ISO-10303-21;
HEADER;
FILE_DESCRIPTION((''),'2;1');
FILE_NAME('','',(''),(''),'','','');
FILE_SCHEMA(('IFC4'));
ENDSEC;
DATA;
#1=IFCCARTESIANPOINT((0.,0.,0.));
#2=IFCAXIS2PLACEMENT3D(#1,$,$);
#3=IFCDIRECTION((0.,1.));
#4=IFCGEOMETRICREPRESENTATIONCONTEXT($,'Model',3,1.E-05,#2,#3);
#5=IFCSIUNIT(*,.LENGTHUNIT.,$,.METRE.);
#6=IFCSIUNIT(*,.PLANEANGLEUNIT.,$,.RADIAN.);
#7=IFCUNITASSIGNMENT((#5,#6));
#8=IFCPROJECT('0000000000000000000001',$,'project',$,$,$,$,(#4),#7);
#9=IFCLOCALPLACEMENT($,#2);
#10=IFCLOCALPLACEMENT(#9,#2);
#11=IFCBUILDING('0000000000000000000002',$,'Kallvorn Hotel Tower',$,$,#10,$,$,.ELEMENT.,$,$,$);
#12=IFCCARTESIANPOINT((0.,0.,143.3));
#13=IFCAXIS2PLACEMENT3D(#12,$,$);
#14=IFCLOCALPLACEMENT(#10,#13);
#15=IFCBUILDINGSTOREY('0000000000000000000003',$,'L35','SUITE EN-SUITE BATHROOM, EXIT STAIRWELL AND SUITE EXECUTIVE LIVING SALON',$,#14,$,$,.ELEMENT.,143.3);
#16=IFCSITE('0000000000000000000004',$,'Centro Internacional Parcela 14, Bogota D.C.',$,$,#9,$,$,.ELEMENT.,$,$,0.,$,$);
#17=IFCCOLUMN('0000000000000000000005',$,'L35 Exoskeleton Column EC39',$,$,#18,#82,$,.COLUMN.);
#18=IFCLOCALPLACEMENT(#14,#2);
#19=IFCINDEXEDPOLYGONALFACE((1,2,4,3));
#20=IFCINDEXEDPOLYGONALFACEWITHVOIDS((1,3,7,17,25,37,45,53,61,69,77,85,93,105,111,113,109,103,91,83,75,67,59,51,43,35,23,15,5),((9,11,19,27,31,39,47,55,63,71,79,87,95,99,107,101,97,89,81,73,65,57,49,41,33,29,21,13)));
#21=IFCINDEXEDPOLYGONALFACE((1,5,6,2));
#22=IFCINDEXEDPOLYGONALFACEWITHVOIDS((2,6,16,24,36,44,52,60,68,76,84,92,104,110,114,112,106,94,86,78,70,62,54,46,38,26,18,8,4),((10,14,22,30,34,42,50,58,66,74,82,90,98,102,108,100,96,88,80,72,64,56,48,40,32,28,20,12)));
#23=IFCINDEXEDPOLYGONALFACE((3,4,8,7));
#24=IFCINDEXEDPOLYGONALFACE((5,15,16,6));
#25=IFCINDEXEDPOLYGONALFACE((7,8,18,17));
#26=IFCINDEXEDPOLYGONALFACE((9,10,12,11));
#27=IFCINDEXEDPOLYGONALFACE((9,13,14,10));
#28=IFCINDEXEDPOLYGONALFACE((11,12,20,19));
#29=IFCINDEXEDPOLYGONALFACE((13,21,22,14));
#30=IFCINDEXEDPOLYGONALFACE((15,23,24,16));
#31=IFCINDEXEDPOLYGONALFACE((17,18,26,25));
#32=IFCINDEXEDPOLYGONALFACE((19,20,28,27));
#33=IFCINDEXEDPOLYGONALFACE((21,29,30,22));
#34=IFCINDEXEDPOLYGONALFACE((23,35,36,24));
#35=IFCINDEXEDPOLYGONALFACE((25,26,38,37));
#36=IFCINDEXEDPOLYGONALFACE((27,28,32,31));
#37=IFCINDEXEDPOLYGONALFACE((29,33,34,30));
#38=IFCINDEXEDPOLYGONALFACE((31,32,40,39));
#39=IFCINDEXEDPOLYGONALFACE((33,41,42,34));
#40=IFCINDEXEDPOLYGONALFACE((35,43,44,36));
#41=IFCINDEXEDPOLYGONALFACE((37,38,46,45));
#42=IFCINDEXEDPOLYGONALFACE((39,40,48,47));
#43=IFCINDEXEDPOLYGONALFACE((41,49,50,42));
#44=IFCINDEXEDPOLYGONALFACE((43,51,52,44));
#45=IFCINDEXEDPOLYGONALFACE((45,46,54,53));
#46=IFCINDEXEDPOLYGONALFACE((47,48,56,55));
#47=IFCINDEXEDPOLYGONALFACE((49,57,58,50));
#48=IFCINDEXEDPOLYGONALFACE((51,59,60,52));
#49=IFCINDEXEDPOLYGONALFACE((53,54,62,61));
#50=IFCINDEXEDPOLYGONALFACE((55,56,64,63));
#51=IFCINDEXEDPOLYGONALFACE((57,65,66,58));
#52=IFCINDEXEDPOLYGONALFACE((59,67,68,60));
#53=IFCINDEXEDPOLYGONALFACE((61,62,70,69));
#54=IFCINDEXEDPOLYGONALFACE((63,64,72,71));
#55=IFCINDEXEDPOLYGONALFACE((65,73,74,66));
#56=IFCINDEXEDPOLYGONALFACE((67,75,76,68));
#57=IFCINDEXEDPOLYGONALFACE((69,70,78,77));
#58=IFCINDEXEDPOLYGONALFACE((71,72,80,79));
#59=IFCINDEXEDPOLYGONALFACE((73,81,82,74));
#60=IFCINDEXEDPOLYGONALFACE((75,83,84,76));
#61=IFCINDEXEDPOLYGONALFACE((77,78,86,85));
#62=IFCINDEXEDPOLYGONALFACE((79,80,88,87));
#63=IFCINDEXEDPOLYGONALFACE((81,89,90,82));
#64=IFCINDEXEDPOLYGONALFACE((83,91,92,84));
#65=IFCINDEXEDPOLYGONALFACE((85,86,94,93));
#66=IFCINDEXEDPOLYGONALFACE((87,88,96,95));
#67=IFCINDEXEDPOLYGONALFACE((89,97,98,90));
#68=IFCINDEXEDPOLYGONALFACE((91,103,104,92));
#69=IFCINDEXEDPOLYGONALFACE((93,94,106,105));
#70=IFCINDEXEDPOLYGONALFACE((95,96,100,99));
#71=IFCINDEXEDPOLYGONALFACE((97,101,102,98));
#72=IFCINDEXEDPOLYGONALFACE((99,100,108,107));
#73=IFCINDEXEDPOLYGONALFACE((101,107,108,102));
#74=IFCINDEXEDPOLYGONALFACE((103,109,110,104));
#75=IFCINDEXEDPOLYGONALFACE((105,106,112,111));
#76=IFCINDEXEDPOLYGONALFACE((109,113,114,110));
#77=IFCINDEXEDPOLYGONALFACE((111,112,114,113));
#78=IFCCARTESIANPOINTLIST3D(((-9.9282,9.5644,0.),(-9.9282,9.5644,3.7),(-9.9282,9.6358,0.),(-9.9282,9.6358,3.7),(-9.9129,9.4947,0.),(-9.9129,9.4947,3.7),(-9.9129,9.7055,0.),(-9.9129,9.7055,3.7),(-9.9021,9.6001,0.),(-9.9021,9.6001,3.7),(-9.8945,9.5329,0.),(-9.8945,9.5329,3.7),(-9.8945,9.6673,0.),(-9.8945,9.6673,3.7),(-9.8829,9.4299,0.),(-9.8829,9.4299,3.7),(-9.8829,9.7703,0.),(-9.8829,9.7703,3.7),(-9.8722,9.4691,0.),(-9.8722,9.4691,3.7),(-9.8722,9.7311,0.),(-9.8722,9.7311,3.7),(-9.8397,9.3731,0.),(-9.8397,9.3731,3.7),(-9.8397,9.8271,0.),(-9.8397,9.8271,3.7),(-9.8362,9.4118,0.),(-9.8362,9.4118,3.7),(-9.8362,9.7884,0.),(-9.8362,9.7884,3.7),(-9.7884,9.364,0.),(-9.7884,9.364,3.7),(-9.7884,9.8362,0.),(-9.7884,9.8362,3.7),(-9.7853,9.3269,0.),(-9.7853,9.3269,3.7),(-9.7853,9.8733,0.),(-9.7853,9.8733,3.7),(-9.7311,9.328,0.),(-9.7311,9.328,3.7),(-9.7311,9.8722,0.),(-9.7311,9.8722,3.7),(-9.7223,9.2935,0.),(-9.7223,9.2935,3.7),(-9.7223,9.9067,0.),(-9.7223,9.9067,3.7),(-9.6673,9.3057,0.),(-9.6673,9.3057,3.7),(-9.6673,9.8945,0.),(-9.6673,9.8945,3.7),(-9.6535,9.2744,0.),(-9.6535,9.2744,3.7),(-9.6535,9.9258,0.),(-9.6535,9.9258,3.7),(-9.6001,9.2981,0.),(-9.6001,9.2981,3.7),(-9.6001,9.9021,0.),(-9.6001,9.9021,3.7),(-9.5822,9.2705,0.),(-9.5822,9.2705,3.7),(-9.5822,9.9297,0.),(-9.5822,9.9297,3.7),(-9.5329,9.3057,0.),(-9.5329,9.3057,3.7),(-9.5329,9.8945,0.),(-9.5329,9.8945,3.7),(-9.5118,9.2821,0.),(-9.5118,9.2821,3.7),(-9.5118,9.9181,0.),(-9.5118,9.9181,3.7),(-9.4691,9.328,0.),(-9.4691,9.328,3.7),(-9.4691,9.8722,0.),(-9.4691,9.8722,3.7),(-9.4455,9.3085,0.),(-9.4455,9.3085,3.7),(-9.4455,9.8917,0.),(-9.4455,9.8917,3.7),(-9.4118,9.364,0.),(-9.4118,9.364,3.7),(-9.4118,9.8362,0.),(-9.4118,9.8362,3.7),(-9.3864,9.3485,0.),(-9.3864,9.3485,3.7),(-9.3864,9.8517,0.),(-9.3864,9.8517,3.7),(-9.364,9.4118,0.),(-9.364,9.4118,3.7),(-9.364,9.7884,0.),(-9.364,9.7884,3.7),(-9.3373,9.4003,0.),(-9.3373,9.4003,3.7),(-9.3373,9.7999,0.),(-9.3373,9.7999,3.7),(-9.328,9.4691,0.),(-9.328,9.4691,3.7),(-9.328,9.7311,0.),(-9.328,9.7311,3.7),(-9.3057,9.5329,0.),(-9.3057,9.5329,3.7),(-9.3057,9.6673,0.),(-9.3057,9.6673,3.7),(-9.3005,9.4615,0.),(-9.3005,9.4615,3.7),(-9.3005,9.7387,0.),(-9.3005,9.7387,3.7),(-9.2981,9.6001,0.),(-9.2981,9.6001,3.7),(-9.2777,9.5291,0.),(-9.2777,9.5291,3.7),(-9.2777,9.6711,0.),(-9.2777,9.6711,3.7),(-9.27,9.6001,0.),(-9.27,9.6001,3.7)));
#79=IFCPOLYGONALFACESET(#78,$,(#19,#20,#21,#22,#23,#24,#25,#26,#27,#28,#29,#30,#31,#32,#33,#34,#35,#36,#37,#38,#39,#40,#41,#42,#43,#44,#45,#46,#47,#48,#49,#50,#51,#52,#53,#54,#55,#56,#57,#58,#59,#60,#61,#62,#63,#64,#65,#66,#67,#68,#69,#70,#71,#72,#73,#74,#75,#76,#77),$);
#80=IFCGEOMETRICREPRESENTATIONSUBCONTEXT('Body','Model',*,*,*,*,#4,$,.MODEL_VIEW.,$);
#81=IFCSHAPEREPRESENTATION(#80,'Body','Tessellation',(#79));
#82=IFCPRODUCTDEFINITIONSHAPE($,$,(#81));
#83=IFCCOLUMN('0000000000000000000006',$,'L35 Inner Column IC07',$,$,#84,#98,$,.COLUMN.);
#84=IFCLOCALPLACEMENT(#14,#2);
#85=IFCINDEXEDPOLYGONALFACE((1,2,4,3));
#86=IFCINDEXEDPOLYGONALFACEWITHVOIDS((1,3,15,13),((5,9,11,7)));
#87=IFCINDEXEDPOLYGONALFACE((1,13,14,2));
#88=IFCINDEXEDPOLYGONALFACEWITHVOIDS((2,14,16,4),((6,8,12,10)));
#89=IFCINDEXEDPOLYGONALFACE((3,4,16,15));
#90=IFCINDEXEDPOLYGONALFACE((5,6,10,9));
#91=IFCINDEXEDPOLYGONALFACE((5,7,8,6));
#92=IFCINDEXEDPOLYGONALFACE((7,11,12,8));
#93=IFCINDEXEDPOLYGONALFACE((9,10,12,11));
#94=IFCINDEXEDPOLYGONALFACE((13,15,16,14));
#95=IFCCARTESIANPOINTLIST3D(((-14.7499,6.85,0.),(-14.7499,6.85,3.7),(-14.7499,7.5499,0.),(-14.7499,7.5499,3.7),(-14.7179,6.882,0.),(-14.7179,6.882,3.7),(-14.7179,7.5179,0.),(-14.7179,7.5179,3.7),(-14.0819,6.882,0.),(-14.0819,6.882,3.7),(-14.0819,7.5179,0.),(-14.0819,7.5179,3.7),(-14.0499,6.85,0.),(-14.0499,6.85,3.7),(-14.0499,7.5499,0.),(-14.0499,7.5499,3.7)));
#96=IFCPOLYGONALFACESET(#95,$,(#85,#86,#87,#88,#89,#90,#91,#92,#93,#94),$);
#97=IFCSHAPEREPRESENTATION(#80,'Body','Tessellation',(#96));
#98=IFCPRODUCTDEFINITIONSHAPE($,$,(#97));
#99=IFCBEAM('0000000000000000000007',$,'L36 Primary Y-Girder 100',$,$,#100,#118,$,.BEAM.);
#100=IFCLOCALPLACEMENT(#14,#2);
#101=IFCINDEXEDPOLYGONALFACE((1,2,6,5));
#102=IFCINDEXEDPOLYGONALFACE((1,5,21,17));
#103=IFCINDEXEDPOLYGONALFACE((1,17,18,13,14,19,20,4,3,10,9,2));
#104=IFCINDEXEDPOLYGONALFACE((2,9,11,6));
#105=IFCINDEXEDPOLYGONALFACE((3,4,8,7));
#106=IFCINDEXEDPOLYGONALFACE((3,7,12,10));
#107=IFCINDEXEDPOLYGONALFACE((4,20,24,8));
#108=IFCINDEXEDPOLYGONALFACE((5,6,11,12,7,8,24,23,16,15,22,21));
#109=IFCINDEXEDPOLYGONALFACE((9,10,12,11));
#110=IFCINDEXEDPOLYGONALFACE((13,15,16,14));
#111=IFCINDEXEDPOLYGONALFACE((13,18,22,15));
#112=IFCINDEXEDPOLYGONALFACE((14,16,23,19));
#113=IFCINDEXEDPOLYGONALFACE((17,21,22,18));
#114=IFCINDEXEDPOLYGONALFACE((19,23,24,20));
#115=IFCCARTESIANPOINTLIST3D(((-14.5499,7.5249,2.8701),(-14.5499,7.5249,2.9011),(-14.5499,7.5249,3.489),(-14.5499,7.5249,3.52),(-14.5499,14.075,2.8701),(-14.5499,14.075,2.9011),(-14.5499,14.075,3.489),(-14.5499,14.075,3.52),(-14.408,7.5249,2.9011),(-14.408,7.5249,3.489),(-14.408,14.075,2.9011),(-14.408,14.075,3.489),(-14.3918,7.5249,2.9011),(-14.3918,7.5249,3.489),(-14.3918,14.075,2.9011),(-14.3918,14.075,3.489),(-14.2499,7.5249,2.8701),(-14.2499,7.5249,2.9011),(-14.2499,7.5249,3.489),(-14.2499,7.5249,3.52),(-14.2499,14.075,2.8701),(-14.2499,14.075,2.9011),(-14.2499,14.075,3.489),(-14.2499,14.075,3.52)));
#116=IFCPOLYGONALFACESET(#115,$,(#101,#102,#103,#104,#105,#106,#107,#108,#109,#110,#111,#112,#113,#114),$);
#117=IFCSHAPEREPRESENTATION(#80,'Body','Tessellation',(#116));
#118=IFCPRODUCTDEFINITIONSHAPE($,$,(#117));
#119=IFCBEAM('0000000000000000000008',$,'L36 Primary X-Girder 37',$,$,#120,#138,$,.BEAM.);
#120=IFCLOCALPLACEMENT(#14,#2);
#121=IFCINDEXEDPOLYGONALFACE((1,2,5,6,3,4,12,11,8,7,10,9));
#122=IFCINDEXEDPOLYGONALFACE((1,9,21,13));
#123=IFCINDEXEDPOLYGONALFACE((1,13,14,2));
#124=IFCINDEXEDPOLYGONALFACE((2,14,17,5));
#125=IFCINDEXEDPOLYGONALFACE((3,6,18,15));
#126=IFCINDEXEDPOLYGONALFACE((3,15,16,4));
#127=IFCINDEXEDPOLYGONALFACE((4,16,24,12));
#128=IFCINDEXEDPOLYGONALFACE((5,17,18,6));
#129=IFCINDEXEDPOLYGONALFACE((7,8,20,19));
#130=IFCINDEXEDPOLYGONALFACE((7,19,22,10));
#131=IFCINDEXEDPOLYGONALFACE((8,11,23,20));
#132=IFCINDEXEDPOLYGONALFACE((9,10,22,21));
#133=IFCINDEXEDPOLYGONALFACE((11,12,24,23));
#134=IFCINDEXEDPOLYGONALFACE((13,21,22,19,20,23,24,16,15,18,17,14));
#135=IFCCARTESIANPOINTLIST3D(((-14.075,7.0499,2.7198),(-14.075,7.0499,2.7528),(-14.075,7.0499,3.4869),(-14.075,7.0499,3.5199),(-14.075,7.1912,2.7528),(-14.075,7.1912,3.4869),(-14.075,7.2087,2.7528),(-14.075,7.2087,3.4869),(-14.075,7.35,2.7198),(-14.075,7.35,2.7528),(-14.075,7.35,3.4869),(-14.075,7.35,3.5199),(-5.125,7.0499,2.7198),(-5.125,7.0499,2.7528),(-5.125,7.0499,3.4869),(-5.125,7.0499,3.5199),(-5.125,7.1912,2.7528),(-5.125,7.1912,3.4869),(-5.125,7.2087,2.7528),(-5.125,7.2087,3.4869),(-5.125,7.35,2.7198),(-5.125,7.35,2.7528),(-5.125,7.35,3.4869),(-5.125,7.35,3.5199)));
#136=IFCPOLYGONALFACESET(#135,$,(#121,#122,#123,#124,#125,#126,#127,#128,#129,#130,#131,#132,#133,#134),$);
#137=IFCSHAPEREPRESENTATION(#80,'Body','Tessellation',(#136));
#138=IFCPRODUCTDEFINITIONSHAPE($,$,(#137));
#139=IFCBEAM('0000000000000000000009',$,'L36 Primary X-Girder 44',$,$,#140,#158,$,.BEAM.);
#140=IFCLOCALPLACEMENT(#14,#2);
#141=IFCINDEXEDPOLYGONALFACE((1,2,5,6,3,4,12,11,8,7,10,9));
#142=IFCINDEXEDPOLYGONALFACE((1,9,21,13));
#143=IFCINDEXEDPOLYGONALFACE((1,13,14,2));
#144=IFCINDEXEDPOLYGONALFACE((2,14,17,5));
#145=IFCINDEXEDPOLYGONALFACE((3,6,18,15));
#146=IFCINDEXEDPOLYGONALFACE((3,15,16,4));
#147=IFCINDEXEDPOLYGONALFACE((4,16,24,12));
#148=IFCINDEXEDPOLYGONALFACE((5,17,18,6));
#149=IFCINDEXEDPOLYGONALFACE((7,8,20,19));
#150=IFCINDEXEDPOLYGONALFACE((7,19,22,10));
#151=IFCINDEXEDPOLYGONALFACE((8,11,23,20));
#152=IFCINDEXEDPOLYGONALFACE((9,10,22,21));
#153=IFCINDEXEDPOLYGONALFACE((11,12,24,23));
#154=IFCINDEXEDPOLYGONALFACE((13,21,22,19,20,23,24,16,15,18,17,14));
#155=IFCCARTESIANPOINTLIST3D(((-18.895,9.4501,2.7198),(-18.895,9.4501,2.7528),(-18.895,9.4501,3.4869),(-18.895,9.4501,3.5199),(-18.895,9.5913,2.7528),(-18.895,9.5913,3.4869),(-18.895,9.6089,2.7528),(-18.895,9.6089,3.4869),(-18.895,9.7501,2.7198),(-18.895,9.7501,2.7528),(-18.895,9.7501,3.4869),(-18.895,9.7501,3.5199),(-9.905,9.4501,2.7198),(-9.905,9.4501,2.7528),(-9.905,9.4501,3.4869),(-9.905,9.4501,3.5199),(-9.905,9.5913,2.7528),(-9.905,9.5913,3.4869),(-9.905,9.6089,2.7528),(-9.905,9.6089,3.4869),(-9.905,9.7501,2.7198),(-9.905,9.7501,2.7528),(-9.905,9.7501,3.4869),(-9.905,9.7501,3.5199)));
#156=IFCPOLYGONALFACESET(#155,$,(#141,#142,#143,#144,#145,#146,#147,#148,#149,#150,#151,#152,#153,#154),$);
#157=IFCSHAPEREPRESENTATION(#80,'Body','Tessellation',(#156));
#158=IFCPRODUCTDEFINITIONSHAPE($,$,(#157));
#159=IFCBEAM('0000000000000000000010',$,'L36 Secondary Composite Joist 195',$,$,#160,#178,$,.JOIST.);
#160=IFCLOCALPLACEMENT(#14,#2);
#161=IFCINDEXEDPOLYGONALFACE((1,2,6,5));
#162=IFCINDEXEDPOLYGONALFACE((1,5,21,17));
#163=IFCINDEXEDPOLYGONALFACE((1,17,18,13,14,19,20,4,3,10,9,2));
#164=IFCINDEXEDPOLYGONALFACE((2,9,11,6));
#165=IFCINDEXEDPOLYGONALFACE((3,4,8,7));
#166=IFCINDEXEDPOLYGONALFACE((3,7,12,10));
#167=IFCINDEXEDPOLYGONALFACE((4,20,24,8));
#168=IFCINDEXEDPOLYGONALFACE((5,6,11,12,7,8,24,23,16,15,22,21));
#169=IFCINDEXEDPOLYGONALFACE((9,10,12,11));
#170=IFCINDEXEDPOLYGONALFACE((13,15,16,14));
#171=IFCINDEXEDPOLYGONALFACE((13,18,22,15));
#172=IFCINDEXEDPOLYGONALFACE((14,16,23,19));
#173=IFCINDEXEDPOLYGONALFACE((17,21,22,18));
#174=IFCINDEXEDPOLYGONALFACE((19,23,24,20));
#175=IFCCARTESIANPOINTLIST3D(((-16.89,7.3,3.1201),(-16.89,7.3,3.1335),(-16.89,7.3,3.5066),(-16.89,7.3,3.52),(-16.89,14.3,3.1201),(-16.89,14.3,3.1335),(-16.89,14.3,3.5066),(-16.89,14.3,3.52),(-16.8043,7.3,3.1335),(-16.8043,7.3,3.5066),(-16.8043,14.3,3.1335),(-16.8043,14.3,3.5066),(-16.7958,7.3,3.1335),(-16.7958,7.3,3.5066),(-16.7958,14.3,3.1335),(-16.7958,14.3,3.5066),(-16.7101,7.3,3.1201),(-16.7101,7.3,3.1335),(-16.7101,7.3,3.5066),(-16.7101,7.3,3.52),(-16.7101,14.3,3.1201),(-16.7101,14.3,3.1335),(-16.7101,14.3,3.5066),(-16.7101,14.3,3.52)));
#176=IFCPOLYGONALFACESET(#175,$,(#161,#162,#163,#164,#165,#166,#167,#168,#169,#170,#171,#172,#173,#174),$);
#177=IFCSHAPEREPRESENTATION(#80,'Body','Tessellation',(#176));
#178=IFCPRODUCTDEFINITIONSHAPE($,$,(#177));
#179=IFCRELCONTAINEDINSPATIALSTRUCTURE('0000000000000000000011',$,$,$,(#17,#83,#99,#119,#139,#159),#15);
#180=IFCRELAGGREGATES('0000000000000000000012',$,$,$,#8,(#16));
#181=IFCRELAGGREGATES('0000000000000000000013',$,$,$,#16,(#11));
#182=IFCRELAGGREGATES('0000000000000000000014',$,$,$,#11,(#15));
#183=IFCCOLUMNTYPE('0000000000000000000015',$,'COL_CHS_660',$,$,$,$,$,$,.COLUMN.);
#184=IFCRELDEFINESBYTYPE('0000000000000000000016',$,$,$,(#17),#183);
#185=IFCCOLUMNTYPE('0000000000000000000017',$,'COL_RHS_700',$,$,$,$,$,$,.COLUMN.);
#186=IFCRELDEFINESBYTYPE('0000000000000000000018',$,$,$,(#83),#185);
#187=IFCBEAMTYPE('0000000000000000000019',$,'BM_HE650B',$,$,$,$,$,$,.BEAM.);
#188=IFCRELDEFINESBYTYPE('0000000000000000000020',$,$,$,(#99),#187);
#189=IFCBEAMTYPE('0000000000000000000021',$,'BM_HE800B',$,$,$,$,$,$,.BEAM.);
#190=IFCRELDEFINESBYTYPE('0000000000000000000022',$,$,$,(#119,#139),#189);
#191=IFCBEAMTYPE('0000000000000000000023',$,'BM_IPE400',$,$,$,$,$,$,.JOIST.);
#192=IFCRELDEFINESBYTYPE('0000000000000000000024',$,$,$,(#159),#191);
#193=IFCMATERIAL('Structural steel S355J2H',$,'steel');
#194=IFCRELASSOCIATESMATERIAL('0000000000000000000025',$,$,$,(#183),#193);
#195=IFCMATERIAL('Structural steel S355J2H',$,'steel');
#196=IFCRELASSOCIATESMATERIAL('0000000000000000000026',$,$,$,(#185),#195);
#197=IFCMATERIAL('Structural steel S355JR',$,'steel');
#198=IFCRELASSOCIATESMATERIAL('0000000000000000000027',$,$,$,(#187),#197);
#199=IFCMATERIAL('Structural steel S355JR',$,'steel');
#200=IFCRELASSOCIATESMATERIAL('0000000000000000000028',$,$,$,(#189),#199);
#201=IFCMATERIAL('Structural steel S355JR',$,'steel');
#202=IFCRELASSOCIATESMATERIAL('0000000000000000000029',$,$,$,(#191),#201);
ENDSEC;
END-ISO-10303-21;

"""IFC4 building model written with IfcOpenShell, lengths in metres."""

from ifc_helpers import new_model, si_unit, direction, frame, origin, origin_2d, place, context, subcontext, project, spatial, hollow_rectangle, hollow_circle, i_section, extrude, material, material_profile, profile_set, type_object, element, save


model = new_model("IFC4")

# Units and contexts
model_context = context("Model", 3, precision=1e-05, world=origin(), true_north=direction((0.0, 1.0)))
body_context = subcontext(model_context, "Body", "Model", "MODEL_VIEW")
ifc_project = project(units=[si_unit("LENGTHUNIT", "METRE"), si_unit("PLANEANGLEUNIT", "RADIAN")], contexts=[model_context])

# Site, building, storey
site_placement = place(None, origin())
site = spatial("IfcSite", under=ifc_project, at=site_placement, Name="Centro Internacional Parcela 14, Bogota D.C.", CompositionType="ELEMENT", RefElevation=0.0)
building_placement = place(site_placement, origin())
building = spatial("IfcBuilding", under=site, at=building_placement, Name="Kallvorn Hotel Tower", CompositionType="ELEMENT")
storey_placement = place(building_placement, frame((0.0, 0.0, 143.3)))
storey = spatial("IfcBuildingStorey", under=building, at=storey_placement, Name="L35", Description="SUITE EN-SUITE BATHROOM, EXIT STAIRWELL AND SUITE EXECUTIVE LIVING SALON", CompositionType="ELEMENT", Elevation=143.3)

# Columns
ifc_material_1 = material(Name="Structural steel S355J2H", Category="steel")
ifc_material_profile_1 = material_profile(ifc_material_1, hollow_circle(Radius=0.3301, WallThickness=0.0281, at=origin_2d()), Name="CHS 660x28")
ifc_profile_set_1 = profile_set([ifc_material_profile_1], Name="Structural steel S355J2H")
column_type_1 = type_object("IfcColumnType", Name="COL_CHS_660", PredefinedType="COLUMN", material=ifc_profile_set_1)
column_1_placement = place(storey_placement, frame((-9.6001, 9.6001, 0.0), z_axis=(0.0, 0.0, 1.0), x_axis=(1.0, 0.0, 0.0)))
element("IfcColumn", 1, at=column_1_placement, inside=storey, type_object=column_type_1, Name="L35 Exoskeleton Column EC39", PredefinedType="COLUMN", context=body_context, shape_type="SweptSolid", body=[
    extrude(hollow_circle(Radius=0.3301, WallThickness=0.0281, at=origin_2d()), origin(), (0.0, 0.0, 1.0), 3.7),
])
ifc_material_2 = material(Name="Structural steel S355J2H", Category="steel")
ifc_material_profile_2 = material_profile(ifc_material_2, hollow_rectangle(XDim=0.7, YDim=0.7, WallThickness=0.032, at=origin_2d()), Name="RHS 700x700x32")
ifc_profile_set_2 = profile_set([ifc_material_profile_2], Name="Structural steel S355J2H")
column_type_2 = type_object("IfcColumnType", Name="COL_RHS_700", PredefinedType="COLUMN", material=ifc_profile_set_2)
column_2_placement = place(storey_placement, frame((-14.3999, 7.2, 0.0), z_axis=(0.0, 0.0, 1.0), x_axis=(1.0, 0.0, 0.0)))
element("IfcColumn", 2, at=column_2_placement, inside=storey, type_object=column_type_2, Name="L35 Inner Column IC07", PredefinedType="COLUMN", context=body_context, shape_type="SweptSolid", body=[
    extrude(hollow_rectangle(XDim=0.7, YDim=0.7, WallThickness=0.032, at=origin_2d()), origin(), (0.0, 0.0, 1.0), 3.7),
])

# Beams
ifc_material_3 = material(Name="Structural steel S355JR", Category="steel")
ifc_material_profile_3 = material_profile(ifc_material_3, i_section(OverallWidth=0.3, OverallDepth=0.6499, WebThickness=0.0161, FlangeThickness=0.031, at=origin_2d()), Name="HE 650 B")
ifc_profile_set_3 = profile_set([ifc_material_profile_3], Name="Structural steel S355JR")
beam_type_1 = type_object("IfcBeamType", Name="BM_HE650B", PredefinedType="BEAM", material=ifc_profile_set_3)
beam_1_placement = place(storey_placement, frame((-14.3999, 7.5249, 3.1951), z_axis=(0.0, 1.0, 0.0), x_axis=(-1.0, 0.0, 0.0)))
element("IfcBeam", 3, at=beam_1_placement, inside=storey, type_object=beam_type_1, Name="L36 Primary Y-Girder 100", PredefinedType="BEAM", context=body_context, shape_type="SweptSolid", body=[
    extrude(i_section(OverallWidth=0.3, OverallDepth=0.6499, WebThickness=0.0161, FlangeThickness=0.031, at=origin_2d()), origin(), (0.0, 0.0, 1.0), 6.55),
])
ifc_material_4 = material(Name="Structural steel S355JR", Category="steel")
ifc_material_profile_4 = material_profile(ifc_material_4, i_section(OverallWidth=0.3, OverallDepth=0.8, WebThickness=0.0176, FlangeThickness=0.033, at=origin_2d()), Name="HE 800 B")
ifc_profile_set_4 = profile_set([ifc_material_profile_4], Name="Structural steel S355JR")
beam_type_2 = type_object("IfcBeamType", Name="BM_HE800B", PredefinedType="BEAM", material=ifc_profile_set_4)
beam_2_placement = place(storey_placement, frame((-14.075, 7.2, 3.1199), z_axis=(1.0, 0.0, 0.0), x_axis=(0.0, 1.0, 0.0)))
element("IfcBeam", 4, at=beam_2_placement, inside=storey, type_object=beam_type_2, Name="L36 Primary X-Girder 37", PredefinedType="BEAM", context=body_context, shape_type="SweptSolid", body=[
    extrude(i_section(OverallWidth=0.3, OverallDepth=0.8, WebThickness=0.0176, FlangeThickness=0.033, at=origin_2d()), origin(), (0.0, 0.0, 1.0), 8.95),
])
beam_3_placement = place(storey_placement, frame((-18.895, 9.6001, 3.1199), z_axis=(1.0, 0.0, 0.0), x_axis=(0.0, 1.0, 0.0)))
element("IfcBeam", 5, at=beam_3_placement, inside=storey, type_object=beam_type_2, Name="L36 Primary X-Girder 44", PredefinedType="BEAM", context=body_context, shape_type="SweptSolid", body=[
    extrude(i_section(OverallWidth=0.3, OverallDepth=0.8, WebThickness=0.0176, FlangeThickness=0.033, at=origin_2d()), origin(), (0.0, 0.0, 1.0), 8.99),
])
ifc_material_5 = material(Name="Structural steel S355JR", Category="steel")
ifc_material_profile_5 = material_profile(ifc_material_5, i_section(OverallWidth=0.1799, OverallDepth=0.3999, WebThickness=0.0085, FlangeThickness=0.0134, at=origin_2d()), Name="IPE 400")
ifc_profile_set_5 = profile_set([ifc_material_profile_5], Name="Structural steel S355JR")
beam_type_3 = type_object("IfcBeamType", Name="BM_IPE400", PredefinedType="JOIST", material=ifc_profile_set_5)
for number, where, z_axis, x_axis, name in (
    (6, (-16.8, 7.3, 3.3201), (0.0, 1.0, 0.0), (-1.0, 0.0, 0.0), "L36 Secondary Composite Joist 195"),
):
    element("IfcBeam", number, at=place(storey_placement, frame(where, z_axis=z_axis, x_axis=x_axis)), inside=storey, type_object=beam_type_3, Name=name, PredefinedType="JOIST", context=body_context, shape_type="SweptSolid", body=[
        extrude(i_section(OverallWidth=0.1799, OverallDepth=0.3999, WebThickness=0.0085, FlangeThickness=0.0134, at=origin_2d()), origin(), (0.0, 0.0, 1.0), 7.0),
    ])

save(model, "model.ifc")
